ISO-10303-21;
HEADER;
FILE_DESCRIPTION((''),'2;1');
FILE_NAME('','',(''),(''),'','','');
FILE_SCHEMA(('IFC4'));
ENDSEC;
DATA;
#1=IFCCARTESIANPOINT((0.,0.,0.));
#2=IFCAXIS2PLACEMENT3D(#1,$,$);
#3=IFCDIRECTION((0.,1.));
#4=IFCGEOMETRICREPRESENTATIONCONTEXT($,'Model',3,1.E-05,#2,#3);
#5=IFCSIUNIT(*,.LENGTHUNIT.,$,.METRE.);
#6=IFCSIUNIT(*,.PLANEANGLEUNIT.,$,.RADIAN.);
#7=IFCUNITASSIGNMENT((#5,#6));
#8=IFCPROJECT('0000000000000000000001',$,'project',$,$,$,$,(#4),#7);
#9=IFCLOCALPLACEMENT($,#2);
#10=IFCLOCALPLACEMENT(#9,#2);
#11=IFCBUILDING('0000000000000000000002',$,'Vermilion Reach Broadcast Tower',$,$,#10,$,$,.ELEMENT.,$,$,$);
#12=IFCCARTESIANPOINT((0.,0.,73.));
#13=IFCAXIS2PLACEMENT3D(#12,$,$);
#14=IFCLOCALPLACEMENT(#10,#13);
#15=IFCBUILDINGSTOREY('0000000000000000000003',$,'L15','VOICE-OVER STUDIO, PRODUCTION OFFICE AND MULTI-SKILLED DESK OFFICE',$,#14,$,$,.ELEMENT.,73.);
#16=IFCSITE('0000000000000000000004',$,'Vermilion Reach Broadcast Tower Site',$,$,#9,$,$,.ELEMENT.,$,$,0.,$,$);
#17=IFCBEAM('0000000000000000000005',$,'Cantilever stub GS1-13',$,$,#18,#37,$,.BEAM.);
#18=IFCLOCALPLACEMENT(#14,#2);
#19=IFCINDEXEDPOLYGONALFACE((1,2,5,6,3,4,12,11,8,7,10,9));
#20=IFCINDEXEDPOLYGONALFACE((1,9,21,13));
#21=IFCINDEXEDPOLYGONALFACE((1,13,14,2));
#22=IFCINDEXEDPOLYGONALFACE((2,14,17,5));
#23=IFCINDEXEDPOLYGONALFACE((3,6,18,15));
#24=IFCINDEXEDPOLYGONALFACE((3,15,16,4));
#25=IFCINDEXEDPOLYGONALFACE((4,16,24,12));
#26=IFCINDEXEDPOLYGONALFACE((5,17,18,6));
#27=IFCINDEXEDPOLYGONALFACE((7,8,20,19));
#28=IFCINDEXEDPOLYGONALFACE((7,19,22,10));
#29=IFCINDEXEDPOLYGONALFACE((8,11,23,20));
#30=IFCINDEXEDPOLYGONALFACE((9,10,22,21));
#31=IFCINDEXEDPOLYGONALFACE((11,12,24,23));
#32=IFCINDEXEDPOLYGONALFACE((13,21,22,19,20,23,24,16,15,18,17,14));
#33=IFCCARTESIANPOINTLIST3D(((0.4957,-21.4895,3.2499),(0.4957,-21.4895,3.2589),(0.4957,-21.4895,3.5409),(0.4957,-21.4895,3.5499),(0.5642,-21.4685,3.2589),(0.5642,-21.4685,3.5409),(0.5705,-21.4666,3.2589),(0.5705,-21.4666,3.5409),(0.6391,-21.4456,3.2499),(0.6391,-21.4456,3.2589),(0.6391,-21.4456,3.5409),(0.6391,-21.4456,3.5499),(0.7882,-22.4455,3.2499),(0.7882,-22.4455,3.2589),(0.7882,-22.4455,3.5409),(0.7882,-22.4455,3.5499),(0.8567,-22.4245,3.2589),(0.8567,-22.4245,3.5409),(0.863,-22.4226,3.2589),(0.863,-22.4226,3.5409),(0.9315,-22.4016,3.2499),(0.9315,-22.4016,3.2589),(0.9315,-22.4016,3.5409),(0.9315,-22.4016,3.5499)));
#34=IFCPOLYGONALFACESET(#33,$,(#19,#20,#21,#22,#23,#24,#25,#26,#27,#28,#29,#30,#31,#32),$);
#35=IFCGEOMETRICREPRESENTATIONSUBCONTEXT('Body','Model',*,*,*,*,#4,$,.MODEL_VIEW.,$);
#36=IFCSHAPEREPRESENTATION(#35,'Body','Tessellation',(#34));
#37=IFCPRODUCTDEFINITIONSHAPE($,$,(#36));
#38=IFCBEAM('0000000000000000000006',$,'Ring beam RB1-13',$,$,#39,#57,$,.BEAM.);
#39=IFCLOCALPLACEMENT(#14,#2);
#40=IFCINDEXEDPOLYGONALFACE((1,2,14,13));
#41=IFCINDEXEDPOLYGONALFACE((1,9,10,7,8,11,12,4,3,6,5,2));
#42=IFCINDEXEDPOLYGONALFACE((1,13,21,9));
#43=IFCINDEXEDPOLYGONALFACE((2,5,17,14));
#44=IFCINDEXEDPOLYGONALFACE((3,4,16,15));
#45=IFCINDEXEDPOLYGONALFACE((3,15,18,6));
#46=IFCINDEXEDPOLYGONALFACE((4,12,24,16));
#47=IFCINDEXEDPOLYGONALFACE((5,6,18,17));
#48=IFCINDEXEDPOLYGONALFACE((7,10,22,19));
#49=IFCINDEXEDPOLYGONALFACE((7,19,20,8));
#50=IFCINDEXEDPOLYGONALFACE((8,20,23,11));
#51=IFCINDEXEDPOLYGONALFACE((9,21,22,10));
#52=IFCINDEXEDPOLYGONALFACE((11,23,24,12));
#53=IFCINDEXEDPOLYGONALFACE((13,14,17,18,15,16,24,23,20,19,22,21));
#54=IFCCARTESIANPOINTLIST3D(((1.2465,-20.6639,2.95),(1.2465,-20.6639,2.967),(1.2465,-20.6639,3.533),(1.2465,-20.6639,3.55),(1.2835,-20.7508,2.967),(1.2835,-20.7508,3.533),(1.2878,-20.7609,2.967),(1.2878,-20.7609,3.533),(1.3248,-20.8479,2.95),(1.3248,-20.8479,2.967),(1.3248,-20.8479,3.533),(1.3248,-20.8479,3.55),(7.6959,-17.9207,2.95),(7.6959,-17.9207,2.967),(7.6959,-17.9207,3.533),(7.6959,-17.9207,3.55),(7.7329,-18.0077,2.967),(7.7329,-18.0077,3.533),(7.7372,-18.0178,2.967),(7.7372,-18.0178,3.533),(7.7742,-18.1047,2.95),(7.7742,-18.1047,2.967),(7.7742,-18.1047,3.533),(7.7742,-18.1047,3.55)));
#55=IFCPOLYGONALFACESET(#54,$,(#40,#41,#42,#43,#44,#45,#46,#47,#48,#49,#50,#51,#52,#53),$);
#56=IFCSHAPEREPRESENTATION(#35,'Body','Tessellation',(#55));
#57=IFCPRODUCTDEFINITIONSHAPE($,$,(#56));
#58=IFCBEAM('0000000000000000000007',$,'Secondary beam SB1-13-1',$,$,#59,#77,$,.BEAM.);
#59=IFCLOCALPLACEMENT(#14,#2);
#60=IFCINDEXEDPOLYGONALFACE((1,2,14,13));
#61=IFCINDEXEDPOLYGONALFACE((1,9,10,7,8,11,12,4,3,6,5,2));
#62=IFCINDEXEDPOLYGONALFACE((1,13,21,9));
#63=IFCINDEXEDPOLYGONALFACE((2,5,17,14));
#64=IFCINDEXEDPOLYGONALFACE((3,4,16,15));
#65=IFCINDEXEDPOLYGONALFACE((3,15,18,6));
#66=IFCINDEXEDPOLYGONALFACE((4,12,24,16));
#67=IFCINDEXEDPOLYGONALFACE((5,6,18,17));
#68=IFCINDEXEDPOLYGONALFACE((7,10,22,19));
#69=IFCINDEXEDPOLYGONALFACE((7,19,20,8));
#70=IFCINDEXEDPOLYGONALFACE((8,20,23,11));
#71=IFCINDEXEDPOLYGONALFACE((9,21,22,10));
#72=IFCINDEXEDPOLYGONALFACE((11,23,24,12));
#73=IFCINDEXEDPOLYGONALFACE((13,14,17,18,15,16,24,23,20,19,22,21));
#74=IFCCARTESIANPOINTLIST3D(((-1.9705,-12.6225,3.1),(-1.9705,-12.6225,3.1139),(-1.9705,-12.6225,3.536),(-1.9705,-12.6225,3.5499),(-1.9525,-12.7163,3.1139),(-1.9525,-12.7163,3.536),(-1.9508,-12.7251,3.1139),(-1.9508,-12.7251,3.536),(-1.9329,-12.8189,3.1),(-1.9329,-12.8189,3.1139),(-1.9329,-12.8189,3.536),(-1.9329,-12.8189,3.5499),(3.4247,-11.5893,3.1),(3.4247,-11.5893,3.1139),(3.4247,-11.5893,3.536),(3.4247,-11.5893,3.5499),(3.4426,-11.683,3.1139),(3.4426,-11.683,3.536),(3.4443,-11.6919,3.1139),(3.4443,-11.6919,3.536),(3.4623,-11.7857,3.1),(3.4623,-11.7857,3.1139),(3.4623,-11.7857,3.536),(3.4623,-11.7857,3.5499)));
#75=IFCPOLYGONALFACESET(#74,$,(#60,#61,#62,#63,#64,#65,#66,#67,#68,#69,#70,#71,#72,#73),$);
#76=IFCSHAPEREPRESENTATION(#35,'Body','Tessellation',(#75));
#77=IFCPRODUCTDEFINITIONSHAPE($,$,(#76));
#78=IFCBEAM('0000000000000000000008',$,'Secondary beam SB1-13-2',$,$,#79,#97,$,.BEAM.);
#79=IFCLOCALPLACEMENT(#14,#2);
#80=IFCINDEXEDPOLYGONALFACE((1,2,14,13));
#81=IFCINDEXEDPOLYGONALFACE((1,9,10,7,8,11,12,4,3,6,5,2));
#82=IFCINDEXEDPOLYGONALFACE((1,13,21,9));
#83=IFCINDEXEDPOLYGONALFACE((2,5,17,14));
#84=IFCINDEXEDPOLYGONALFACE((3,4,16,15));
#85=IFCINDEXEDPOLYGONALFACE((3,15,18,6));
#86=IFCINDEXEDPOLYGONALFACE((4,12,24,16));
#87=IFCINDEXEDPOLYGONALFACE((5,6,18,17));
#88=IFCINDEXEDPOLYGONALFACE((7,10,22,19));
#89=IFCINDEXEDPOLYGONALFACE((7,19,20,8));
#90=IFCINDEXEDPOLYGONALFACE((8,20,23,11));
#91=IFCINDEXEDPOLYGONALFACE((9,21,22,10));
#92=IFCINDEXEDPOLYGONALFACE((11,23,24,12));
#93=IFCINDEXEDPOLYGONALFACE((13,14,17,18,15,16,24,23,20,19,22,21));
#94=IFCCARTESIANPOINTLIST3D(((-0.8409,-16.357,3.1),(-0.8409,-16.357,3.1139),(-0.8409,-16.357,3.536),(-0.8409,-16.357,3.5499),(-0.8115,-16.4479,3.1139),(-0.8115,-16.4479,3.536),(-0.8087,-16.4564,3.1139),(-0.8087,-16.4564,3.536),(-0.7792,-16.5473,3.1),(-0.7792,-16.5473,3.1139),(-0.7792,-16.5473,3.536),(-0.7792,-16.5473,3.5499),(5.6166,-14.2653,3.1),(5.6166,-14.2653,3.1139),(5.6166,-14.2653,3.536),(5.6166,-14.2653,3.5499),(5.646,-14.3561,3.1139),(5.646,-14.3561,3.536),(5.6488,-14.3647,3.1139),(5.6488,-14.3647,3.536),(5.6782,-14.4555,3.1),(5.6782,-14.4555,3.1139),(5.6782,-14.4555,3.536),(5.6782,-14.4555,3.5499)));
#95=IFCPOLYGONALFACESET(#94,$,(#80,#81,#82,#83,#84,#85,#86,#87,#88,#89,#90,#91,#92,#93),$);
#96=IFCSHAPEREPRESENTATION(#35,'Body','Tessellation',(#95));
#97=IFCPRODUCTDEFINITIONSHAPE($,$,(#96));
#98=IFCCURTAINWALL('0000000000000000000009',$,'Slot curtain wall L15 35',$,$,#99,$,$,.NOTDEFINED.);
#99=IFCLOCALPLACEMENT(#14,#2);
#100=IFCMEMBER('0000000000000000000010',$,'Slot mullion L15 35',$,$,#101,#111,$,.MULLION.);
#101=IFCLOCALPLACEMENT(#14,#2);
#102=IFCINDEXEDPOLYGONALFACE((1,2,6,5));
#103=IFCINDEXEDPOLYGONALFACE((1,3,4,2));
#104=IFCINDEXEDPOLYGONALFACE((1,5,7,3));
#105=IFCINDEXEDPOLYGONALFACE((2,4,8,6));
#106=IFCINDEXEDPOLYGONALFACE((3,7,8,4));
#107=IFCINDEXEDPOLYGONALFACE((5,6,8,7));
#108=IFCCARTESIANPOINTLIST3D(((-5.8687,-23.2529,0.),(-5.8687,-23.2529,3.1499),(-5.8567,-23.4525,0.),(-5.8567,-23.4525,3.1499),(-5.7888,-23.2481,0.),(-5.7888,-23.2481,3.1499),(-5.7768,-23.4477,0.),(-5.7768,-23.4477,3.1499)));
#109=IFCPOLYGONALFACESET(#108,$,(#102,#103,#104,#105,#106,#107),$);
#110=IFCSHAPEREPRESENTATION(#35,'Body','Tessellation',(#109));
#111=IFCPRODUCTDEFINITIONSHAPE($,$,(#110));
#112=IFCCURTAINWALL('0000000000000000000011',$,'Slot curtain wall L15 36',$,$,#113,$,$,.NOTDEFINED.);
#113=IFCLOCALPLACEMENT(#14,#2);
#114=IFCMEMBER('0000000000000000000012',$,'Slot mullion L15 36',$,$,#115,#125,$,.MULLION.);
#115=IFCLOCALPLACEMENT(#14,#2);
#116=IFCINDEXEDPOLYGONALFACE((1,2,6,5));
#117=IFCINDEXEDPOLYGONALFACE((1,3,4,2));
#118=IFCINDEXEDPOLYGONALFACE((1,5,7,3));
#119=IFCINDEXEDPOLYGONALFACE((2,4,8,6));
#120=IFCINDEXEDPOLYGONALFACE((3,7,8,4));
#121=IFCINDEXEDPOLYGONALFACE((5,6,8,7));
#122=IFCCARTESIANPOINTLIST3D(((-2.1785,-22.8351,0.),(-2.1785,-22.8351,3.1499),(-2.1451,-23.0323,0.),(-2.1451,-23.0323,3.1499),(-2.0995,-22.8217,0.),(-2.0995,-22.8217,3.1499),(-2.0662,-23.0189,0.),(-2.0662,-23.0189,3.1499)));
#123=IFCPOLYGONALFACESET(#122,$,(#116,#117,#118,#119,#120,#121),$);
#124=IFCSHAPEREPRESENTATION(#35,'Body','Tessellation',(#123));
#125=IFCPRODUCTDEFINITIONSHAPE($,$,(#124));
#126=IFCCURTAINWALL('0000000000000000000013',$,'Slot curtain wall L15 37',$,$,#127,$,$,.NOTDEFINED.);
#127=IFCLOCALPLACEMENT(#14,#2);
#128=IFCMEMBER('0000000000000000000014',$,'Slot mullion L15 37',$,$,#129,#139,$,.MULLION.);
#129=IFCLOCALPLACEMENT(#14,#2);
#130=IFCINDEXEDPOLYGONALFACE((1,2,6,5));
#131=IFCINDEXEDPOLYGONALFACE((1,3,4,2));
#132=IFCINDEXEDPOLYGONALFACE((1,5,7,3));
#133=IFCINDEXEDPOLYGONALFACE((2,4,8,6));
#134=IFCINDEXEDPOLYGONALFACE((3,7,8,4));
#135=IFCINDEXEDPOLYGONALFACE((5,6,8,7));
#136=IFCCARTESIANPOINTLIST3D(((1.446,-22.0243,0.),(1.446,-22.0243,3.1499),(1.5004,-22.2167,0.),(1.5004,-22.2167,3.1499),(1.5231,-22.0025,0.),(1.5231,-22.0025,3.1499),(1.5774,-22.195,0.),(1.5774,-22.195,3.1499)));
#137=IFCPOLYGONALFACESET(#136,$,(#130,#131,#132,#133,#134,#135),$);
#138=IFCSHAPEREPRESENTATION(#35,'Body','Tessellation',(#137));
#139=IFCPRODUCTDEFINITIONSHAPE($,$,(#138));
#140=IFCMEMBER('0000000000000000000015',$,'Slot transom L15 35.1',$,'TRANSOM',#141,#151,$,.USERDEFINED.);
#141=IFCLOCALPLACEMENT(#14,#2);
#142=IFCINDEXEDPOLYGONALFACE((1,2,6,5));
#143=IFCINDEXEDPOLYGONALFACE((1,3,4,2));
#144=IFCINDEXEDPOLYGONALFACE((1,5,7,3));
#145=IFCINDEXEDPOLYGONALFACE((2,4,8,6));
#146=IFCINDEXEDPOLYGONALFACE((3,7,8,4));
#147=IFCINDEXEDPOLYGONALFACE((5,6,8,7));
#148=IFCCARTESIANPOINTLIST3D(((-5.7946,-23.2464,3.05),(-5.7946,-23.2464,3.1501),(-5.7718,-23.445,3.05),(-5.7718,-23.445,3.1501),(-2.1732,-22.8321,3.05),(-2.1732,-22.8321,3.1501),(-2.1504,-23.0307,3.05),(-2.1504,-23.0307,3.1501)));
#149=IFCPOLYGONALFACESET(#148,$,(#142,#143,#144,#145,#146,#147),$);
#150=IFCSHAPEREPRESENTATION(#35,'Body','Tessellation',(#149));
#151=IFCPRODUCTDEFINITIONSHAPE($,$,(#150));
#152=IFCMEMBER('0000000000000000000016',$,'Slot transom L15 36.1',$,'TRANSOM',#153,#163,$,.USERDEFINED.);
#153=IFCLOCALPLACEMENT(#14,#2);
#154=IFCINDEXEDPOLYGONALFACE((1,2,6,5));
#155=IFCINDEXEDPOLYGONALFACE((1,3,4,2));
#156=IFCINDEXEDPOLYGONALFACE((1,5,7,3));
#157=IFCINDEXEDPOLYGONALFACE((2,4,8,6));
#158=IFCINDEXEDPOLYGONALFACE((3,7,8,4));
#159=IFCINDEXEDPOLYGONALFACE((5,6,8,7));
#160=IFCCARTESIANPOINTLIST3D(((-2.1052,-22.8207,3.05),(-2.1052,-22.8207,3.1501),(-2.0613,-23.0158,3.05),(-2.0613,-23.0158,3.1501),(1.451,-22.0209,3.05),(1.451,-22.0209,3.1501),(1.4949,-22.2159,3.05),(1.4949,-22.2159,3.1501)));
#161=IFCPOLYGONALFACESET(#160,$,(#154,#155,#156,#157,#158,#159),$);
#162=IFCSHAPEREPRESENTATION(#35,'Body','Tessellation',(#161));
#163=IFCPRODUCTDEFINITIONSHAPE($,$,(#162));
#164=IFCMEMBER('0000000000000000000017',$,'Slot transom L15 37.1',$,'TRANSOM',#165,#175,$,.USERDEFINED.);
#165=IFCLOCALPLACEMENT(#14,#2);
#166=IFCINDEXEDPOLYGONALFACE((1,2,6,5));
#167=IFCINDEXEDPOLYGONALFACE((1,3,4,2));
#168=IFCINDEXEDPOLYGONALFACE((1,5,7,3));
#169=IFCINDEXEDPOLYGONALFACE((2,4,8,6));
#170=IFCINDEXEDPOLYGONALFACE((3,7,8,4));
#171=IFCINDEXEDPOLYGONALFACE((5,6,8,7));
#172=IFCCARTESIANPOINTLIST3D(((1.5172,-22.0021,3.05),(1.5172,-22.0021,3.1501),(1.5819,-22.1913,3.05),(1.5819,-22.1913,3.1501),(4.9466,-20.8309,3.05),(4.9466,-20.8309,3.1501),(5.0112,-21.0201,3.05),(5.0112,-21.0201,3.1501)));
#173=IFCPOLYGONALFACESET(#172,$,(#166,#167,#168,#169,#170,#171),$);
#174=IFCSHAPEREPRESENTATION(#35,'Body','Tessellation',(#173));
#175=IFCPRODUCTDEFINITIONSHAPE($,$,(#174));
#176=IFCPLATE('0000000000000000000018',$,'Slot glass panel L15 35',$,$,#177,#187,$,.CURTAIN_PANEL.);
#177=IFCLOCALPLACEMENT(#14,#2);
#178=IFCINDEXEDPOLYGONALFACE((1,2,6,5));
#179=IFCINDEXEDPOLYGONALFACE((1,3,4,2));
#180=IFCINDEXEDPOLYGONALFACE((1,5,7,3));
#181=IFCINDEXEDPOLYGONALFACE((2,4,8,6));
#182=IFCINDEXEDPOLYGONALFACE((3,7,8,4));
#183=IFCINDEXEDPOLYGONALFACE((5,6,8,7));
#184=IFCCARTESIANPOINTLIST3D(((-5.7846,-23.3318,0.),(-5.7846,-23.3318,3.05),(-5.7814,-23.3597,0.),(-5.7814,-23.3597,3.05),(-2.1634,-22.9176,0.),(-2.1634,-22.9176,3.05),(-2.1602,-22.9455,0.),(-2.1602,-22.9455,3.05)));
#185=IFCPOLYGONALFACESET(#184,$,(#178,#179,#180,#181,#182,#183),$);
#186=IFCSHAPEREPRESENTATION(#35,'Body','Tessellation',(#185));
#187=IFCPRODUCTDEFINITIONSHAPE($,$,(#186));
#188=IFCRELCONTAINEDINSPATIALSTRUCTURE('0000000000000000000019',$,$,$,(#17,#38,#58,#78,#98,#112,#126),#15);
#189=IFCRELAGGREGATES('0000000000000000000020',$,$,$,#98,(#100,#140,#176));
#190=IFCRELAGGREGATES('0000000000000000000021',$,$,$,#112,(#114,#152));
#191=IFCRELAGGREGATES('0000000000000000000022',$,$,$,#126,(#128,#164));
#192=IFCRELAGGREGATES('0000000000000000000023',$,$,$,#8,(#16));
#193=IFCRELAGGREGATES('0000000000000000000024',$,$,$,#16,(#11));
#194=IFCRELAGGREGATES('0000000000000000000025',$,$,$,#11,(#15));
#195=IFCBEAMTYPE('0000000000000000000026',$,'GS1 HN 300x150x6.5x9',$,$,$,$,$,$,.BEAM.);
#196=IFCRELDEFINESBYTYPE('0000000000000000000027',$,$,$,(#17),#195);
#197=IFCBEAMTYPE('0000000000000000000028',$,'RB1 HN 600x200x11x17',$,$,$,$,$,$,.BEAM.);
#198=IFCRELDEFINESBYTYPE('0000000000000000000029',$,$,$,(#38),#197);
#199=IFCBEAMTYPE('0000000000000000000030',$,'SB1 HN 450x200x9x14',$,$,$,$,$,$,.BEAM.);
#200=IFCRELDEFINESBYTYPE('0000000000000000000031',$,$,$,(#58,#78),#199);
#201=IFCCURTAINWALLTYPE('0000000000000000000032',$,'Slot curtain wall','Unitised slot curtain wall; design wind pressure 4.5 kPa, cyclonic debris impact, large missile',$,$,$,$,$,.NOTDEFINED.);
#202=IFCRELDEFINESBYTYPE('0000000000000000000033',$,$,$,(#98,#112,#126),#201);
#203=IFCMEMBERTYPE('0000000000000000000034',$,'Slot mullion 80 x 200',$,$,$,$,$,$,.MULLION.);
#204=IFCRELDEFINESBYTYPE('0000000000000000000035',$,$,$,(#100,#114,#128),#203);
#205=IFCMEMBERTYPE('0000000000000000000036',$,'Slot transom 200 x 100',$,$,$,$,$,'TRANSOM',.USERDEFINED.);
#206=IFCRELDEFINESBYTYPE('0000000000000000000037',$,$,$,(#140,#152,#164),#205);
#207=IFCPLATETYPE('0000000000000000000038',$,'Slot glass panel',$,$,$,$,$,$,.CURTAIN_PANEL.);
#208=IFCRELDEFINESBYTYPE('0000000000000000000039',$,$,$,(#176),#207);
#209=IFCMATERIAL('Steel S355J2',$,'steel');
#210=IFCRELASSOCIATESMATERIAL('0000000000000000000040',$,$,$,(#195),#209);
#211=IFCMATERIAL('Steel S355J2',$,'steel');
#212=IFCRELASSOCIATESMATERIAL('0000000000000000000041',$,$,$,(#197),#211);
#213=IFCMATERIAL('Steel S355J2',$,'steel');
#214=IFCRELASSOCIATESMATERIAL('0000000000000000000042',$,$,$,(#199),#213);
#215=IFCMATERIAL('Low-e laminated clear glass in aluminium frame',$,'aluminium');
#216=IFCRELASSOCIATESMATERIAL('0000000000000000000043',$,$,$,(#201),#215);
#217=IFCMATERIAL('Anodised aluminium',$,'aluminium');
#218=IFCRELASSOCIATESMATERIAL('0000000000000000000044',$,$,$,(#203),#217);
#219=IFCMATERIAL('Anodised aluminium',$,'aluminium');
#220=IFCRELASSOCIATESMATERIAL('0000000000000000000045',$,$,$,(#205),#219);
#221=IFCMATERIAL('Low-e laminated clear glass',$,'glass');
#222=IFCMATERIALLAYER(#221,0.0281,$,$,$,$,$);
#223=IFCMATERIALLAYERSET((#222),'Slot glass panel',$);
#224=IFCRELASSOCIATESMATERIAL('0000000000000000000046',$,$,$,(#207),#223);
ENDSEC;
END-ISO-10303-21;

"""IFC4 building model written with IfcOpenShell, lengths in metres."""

from ifc_helpers import new_model, si_unit, direction, frame, origin, origin_2d, place, context, subcontext, project, spatial, rectangle, i_section, extrude, material, layer, layer_set, material_profile, profile_set, type_object, element, aggregate, save


model = new_model("IFC4")

# Units and contexts
model_context = context("Model", 3, precision=1e-05, world=origin(), true_north=direction((0.0, 1.0)))
body_context = subcontext(model_context, "Body", "Model", "MODEL_VIEW")
ifc_project = project(units=[si_unit("LENGTHUNIT", "METRE"), si_unit("PLANEANGLEUNIT", "RADIAN")], contexts=[model_context])

# Site, building, storey
site_placement = place(None, origin())
site = spatial("IfcSite", under=ifc_project, at=site_placement, Name="Vermilion Reach Broadcast Tower Site", CompositionType="ELEMENT", RefElevation=0.0)
building_placement = place(site_placement, origin())
building = spatial("IfcBuilding", under=site, at=building_placement, Name="Vermilion Reach Broadcast Tower", CompositionType="ELEMENT")
storey_placement = place(building_placement, frame((0.0, 0.0, 73.0)))
storey = spatial("IfcBuildingStorey", under=building, at=storey_placement, Name="L15", Description="VOICE-OVER STUDIO, PRODUCTION OFFICE AND MULTI-SKILLED DESK OFFICE", CompositionType="ELEMENT", Elevation=73.0)

# Beams
ifc_material_1 = material(Name="Steel S355J2", Category="steel")
ifc_material_profile_1 = material_profile(ifc_material_1, i_section(OverallWidth=0.1499, OverallDepth=0.3, WebThickness=0.0066, FlangeThickness=0.009, at=origin_2d()), Name="S355J2 HN 300x150x6.5x9")
ifc_profile_set_1 = profile_set([ifc_material_profile_1], Name="Steel S355J2")
beam_type_1 = type_object("IfcBeamType", Name="GS1 HN 300x150x6.5x9", PredefinedType="BEAM", material=ifc_profile_set_1)
beam_1_placement = place(storey_placement, frame((0.5674, -21.4675, 3.3999), z_axis=(0.292541, -0.956253, 0.0), x_axis=(0.956253, 0.292541, 0.0)))
element("IfcBeam", 1, at=beam_1_placement, inside=storey, type_object=beam_type_1, Name="Cantilever stub GS1-13", PredefinedType="BEAM", context=body_context, shape_type="SweptSolid", body=[
    extrude(i_section(OverallWidth=0.1499, OverallDepth=0.3, WebThickness=0.0066, FlangeThickness=0.009, at=origin_2d()), origin(), (0.0, 0.0, 1.0), 0.9998),
])
ifc_material_2 = material(Name="Steel S355J2", Category="steel")
ifc_material_profile_2 = material_profile(ifc_material_2, i_section(OverallWidth=0.2, OverallDepth=0.6001, WebThickness=0.011, FlangeThickness=0.0171, at=origin_2d()), Name="S355J2 HN 600x200x11x17")
ifc_profile_set_2 = profile_set([ifc_material_profile_2], Name="Steel S355J2")
beam_type_2 = type_object("IfcBeamType", Name="RB1 HN 600x200x11x17", PredefinedType="BEAM", material=ifc_profile_set_2)
beam_2_placement = place(storey_placement, frame((1.2856, -20.7559, 3.25), z_axis=(0.920221, 0.3914, 0.0), x_axis=(-0.3914, 0.920221, 0.0)))
element("IfcBeam", 2, at=beam_2_placement, inside=storey, type_object=beam_type_2, Name="Ring beam RB1-13", PredefinedType="BEAM", context=body_context, shape_type="SweptSolid", body=[
    extrude(i_section(OverallWidth=0.2, OverallDepth=0.6001, WebThickness=0.011, FlangeThickness=0.0171, at=origin_2d()), origin(), (0.0, 0.0, 1.0), 7.0085),
])
ifc_material_3 = material(Name="Steel S355J2", Category="steel")
ifc_material_profile_3 = material_profile(ifc_material_3, i_section(OverallWidth=0.2, OverallDepth=0.45, WebThickness=0.009, FlangeThickness=0.0139, at=origin_2d()), Name="S355J2 HN 450x200x9x14")
ifc_profile_set_3 = profile_set([ifc_material_profile_3], Name="Steel S355J2")
beam_type_3 = type_object("IfcBeamType", Name="SB1 HN 450x200x9x14", PredefinedType="BEAM", material=ifc_profile_set_3)
beam_3_placement = place(storey_placement, frame((-1.9517, -12.7207, 3.325), z_axis=(0.982151, 0.188092, 0.0), x_axis=(-0.188092, 0.982151, 0.0)))
element("IfcBeam", 3, at=beam_3_placement, inside=storey, type_object=beam_type_3, Name="Secondary beam SB1-13-1", PredefinedType="BEAM", context=body_context, shape_type="SweptSolid", body=[
    extrude(i_section(OverallWidth=0.2, OverallDepth=0.45, WebThickness=0.009, FlangeThickness=0.0139, at=origin_2d()), origin(), (0.0, 0.0, 1.0), 5.4932),
])
beam_4_placement = place(storey_placement, frame((-0.8101, -16.4521, 3.325), z_axis=(0.951332, 0.308167, 0.0), x_axis=(-0.308167, 0.951332, 0.0)))
element("IfcBeam", 4, at=beam_4_placement, inside=storey, type_object=beam_type_3, Name="Secondary beam SB1-13-2", PredefinedType="BEAM", context=body_context, shape_type="SweptSolid", body=[
    extrude(i_section(OverallWidth=0.2, OverallDepth=0.45, WebThickness=0.009, FlangeThickness=0.0139, at=origin_2d()), origin(), (0.0, 0.0, 1.0), 6.7878),
])

# Curtain walls, members
ifc_material_4 = material(Name="Low-e laminated clear glass in aluminium frame", Category="aluminium")
curtain_wall_type = type_object("IfcCurtainWallType", Name="Slot curtain wall", Description="Unitised slot curtain wall; design wind pressure 4.5 kPa, cyclonic debris impact, large missile", PredefinedType="NOTDEFINED", material=ifc_material_4)
placement = place(storey_placement, origin())
curtain_wall_1 = element("IfcCurtainWall", 5, at=placement, inside=storey, type_object=curtain_wall_type, Name="Slot curtain wall L15 35", PredefinedType="NOTDEFINED")
ifc_material_5 = material(Name="Anodised aluminium", Category="aluminium")
ifc_material_profile_4 = material_profile(ifc_material_5, rectangle(XDim=0.2, YDim=0.0801, at=origin_2d()), Name="Slot mullion 80 x 200")
ifc_profile_set_4 = profile_set([ifc_material_profile_4], Name="Anodised aluminium")
member_type_1 = type_object("IfcMemberType", Name="Slot mullion 80 x 200", PredefinedType="MULLION", material=ifc_profile_set_4)
member_1_placement = place(storey_placement, frame((-5.8228, -23.3503, 0.0), z_axis=(0.0, 0.0, 1.0), x_axis=(-0.0599, 0.998204, 0.0)))
member_1 = element("IfcMember", 6, at=member_1_placement, type_object=member_type_1, Name="Slot mullion L15 35", PredefinedType="MULLION", context=body_context, shape_type="SweptSolid", body=[
    extrude(rectangle(XDim=0.2, YDim=0.0801, at=origin_2d()), origin(), (0.0, 0.0, 1.0), 3.1499),
])
curtain_wall_2 = element("IfcCurtainWall", 7, at=placement, inside=storey, type_object=curtain_wall_type, Name="Slot curtain wall L15 36", PredefinedType="NOTDEFINED")
member_2_placement = place(storey_placement, frame((-2.1223, -22.927, 0.0), z_axis=(0.0, 0.0, 1.0), x_axis=(-0.166769, 0.985996, 0.0)))
member_2 = element("IfcMember", 8, at=member_2_placement, type_object=member_type_1, Name="Slot mullion L15 36", PredefinedType="MULLION", context=body_context, shape_type="SweptSolid", body=[
    extrude(rectangle(XDim=0.2, YDim=0.0801, at=origin_2d()), origin(), (0.0, 0.0, 1.0), 3.1499),
])
curtain_wall_3 = element("IfcCurtainWall", 9, at=placement, inside=storey, type_object=curtain_wall_type, Name="Slot curtain wall L15 37", PredefinedType="NOTDEFINED")
member_3_placement = place(storey_placement, frame((1.5117, -22.1096, 0.0), z_axis=(0.0, 0.0, 1.0), x_axis=(-0.271708, 0.96238, 0.0)))
member_3 = element("IfcMember", 10, at=member_3_placement, type_object=member_type_1, Name="Slot mullion L15 37", PredefinedType="MULLION", context=body_context, shape_type="SweptSolid", body=[
    extrude(rectangle(XDim=0.2, YDim=0.0801, at=origin_2d()), origin(), (0.0, 0.0, 1.0), 3.1499),
])

# Members
ifc_material_6 = material(Name="Anodised aluminium", Category="aluminium")
ifc_material_profile_5 = material_profile(ifc_material_6, rectangle(XDim=0.2, YDim=0.1001, at=origin_2d()), Name="Slot transom 200 x 100")
ifc_profile_set_5 = profile_set([ifc_material_profile_5], Name="Anodised aluminium")
member_type_2 = type_object("IfcMemberType", Name="Slot transom 200 x 100", ElementType="TRANSOM", PredefinedType="USERDEFINED", material=ifc_profile_set_5)
member_4_placement = place(storey_placement, frame((-5.7832, -23.3457, 3.1001), z_axis=(0.993519, 0.113666, 0.0), x_axis=(-0.113666, 0.993519, 0.0)))
member_4 = element("IfcMember", 11, at=member_4_placement, type_object=member_type_2, Name="Slot transom L15 35.1", ObjectType="TRANSOM", PredefinedType="USERDEFINED", context=body_context, shape_type="SweptSolid", body=[
    extrude(rectangle(XDim=0.2, YDim=0.1001, at=origin_2d()), origin(), (0.0, 0.0, 1.0), 3.645),
])
member_5_placement = place(storey_placement, frame((-2.0833, -22.9182, 3.1001), z_axis=(0.975629, 0.219426, 0.0), x_axis=(-0.219426, 0.975629, 0.0)))
member_5 = element("IfcMember", 12, at=member_5_placement, type_object=member_type_2, Name="Slot transom L15 36.1", ObjectType="TRANSOM", PredefinedType="USERDEFINED", context=body_context, shape_type="SweptSolid", body=[
    extrude(rectangle(XDim=0.2, YDim=0.1001, at=origin_2d()), origin(), (0.0, 0.0, 1.0), 3.645),
])
member_6_placement = place(storey_placement, frame((1.5496, -22.0967, 3.1001), z_axis=(0.946333, 0.323192, 0.0), x_axis=(-0.323192, 0.946333, 0.0)))
member_6 = element("IfcMember", 13, at=member_6_placement, type_object=member_type_2, Name="Slot transom L15 37.1", ObjectType="TRANSOM", PredefinedType="USERDEFINED", context=body_context, shape_type="SweptSolid", body=[
    extrude(rectangle(XDim=0.2, YDim=0.1001, at=origin_2d()), origin(), (0.0, 0.0, 1.0), 3.6238),
])

# Plate
ifc_material_7 = material(Name="Low-e laminated clear glass", Category="glass")
ifc_layer = layer(ifc_material_7, 0.0281)
ifc_layer_set = layer_set([ifc_layer], Name="Slot glass panel")
plate_type = type_object("IfcPlateType", Name="Slot glass panel", PredefinedType="CURTAIN_PANEL", material=ifc_layer_set)
plate_1_placement = place(storey_placement, frame((-3.9724, -23.1387, 0.0), z_axis=(0.0, 0.0, 1.0), x_axis=(0.993521, 0.113649, 0.0)))
plate_1 = element("IfcPlate", 14, at=plate_1_placement, type_object=plate_type, Name="Slot glass panel L15 35", PredefinedType="CURTAIN_PANEL", context=body_context, shape_type="SweptSolid", body=[
    extrude(rectangle(XDim=3.6448, YDim=0.0281, at=origin_2d()), origin(), (0.0, 0.0, 1.0), 3.05),
])
aggregate(curtain_wall_1, [member_1, member_4, plate_1])
aggregate(curtain_wall_2, [member_2, member_5])
aggregate(curtain_wall_3, [member_3, member_6])

save(model, "model.ifc")
